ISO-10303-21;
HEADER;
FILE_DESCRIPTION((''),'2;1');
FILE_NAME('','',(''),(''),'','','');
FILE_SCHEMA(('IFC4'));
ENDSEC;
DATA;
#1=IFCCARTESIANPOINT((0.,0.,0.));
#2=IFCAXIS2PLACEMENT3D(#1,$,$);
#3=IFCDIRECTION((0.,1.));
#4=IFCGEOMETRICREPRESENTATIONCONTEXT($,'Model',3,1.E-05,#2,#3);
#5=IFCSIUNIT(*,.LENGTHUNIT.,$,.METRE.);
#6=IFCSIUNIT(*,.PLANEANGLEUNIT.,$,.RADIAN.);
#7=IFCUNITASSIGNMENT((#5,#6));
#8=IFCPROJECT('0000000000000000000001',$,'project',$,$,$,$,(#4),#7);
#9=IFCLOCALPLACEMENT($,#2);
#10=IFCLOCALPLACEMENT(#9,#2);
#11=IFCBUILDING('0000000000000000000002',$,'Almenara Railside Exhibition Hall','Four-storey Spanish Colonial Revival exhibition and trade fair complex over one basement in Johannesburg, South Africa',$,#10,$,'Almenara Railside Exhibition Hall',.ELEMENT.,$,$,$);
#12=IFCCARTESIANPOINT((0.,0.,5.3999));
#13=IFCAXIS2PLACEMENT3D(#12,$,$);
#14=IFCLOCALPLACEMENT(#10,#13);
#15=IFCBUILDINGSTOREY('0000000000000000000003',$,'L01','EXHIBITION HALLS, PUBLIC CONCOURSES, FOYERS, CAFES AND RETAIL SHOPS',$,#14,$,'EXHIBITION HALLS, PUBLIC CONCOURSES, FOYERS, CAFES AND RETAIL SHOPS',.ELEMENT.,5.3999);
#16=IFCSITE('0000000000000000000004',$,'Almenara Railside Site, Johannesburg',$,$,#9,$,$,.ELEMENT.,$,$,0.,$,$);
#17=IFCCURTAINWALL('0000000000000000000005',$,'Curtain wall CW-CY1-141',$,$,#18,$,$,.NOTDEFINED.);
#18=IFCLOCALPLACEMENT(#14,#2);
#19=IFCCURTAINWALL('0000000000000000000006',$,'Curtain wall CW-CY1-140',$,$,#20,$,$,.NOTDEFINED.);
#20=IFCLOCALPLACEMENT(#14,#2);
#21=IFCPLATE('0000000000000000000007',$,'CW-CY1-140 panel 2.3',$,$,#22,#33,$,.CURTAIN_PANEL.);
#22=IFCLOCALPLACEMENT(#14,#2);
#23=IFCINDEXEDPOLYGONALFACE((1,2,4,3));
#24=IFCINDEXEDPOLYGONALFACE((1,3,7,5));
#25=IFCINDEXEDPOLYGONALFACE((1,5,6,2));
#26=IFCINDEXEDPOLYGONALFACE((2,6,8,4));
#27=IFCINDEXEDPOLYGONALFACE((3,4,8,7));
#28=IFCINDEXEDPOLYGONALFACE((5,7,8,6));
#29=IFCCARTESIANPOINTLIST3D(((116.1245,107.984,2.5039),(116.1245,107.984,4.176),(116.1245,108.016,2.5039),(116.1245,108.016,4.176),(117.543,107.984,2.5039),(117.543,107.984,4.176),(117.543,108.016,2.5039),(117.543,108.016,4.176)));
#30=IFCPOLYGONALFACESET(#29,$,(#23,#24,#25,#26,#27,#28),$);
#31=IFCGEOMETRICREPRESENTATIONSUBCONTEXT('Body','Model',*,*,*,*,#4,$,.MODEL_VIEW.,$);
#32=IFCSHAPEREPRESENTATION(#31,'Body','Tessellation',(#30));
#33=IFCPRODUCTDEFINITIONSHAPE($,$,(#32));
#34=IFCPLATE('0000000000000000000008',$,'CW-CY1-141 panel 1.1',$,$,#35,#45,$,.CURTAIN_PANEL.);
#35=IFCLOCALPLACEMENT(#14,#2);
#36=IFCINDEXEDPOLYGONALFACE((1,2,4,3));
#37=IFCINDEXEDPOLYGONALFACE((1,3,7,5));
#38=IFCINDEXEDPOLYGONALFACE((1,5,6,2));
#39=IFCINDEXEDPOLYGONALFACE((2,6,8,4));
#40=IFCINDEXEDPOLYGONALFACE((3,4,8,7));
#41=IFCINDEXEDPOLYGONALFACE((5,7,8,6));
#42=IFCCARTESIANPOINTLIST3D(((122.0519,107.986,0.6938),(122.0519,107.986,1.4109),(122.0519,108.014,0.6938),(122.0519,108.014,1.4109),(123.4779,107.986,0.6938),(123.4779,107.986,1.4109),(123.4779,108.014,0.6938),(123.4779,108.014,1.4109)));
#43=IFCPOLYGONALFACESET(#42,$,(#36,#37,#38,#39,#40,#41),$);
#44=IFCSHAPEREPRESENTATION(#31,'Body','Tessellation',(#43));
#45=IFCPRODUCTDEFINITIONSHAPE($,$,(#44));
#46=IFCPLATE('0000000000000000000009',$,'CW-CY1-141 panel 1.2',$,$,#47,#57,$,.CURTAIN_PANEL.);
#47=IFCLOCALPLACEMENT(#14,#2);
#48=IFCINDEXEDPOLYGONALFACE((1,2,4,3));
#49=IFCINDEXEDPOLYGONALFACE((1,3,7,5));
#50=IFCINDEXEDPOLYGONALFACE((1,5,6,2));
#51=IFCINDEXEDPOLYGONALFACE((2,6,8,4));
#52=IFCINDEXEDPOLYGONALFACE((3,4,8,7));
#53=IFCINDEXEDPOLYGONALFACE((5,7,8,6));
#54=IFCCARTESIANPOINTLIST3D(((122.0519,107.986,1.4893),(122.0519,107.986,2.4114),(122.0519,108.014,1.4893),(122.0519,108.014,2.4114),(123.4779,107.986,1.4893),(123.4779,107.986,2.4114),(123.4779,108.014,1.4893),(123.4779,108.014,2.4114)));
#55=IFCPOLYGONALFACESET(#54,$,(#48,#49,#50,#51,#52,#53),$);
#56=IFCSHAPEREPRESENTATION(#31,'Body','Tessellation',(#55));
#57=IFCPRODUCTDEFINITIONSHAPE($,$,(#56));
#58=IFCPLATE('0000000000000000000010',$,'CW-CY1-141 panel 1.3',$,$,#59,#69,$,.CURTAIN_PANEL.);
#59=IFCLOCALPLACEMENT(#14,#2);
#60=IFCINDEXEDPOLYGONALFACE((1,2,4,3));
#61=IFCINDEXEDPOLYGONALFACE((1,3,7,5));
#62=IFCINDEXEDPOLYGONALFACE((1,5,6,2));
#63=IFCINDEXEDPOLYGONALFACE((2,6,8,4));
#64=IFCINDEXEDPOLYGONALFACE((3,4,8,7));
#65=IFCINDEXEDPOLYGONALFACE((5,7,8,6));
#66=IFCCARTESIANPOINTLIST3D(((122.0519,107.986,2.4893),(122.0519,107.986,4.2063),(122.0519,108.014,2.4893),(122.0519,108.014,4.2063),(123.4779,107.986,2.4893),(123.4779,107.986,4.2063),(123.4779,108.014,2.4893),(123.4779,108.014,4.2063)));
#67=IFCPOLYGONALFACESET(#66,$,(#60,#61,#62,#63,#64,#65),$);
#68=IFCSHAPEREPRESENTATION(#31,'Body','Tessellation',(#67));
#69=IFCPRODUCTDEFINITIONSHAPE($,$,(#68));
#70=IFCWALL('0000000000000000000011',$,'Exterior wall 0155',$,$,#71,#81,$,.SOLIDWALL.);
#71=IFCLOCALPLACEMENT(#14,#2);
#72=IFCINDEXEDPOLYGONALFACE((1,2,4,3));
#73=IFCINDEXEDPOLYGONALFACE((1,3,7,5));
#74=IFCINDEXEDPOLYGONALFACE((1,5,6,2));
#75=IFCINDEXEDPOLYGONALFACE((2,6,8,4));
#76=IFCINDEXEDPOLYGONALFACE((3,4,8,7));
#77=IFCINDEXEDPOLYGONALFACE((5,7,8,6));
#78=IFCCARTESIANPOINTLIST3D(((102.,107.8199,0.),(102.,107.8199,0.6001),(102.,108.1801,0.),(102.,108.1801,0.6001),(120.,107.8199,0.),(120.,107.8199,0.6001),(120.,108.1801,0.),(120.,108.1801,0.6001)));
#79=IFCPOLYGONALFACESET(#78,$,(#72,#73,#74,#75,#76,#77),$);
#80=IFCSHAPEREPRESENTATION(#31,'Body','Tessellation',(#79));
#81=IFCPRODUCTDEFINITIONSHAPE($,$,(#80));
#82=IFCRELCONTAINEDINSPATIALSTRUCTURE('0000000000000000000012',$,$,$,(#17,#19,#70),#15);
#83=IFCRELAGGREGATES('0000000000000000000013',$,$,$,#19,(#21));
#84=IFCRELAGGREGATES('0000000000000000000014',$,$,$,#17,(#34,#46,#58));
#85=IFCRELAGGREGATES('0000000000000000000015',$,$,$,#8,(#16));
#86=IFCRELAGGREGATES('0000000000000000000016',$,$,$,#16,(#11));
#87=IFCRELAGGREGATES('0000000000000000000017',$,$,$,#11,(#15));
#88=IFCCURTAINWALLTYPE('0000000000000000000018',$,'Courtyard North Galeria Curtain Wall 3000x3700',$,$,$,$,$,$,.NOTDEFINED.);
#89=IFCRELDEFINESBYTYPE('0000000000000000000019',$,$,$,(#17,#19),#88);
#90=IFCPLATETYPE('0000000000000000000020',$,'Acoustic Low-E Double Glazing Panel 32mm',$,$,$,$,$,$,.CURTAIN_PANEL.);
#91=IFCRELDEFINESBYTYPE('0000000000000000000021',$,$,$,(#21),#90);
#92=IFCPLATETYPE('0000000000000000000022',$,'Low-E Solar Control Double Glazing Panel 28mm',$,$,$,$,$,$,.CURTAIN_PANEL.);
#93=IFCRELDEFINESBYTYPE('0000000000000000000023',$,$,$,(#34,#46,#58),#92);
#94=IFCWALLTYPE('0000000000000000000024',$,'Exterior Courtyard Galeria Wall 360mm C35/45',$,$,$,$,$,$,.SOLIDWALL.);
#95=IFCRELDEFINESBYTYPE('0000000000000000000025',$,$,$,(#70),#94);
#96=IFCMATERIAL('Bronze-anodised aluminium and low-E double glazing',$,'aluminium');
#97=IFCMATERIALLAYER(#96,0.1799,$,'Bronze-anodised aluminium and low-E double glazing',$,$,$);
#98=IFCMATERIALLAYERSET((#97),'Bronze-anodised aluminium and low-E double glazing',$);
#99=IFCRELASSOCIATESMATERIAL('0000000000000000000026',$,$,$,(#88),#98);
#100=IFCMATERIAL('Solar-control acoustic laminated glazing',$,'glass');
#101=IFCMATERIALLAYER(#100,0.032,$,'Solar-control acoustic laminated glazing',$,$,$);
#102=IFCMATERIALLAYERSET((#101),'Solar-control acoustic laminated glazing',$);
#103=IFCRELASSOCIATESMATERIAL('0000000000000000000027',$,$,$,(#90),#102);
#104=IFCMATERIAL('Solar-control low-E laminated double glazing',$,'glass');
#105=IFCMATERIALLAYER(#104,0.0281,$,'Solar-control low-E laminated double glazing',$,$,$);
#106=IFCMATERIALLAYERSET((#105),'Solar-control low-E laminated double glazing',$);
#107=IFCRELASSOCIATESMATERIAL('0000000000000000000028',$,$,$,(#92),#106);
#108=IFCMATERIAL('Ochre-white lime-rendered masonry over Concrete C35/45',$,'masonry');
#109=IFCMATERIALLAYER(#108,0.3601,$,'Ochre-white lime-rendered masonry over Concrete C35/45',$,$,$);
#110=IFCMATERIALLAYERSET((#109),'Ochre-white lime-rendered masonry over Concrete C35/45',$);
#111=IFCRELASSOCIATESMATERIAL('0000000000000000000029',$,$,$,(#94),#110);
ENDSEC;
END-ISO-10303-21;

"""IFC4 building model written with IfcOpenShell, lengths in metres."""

from ifc_helpers import new_model, si_unit, direction, frame, frame_2d, origin, origin_2d, place, context, subcontext, project, spatial, rectangle, extrude, material, layer, layer_set, type_object, element, aggregate, save


model = new_model("IFC4")

# Units and contexts
model_context = context("Model", 3, precision=1e-05, world=origin(), true_north=direction((0.0, 1.0)))
body_context = subcontext(model_context, "Body", "Model", "MODEL_VIEW")
ifc_project = project(units=[si_unit("LENGTHUNIT", "METRE"), si_unit("PLANEANGLEUNIT", "RADIAN")], contexts=[model_context])

# Site, building, storey
site_placement = place(None, origin())
site = spatial("IfcSite", under=ifc_project, at=site_placement, Name="Almenara Railside Site, Johannesburg", CompositionType="ELEMENT", RefElevation=0.0)
building_placement = place(site_placement, origin())
building = spatial("IfcBuilding", under=site, at=building_placement, Name="Almenara Railside Exhibition Hall", Description="Four-storey Spanish Colonial Revival exhibition and trade fair complex over one basement in Johannesburg, South Africa", LongName="Almenara Railside Exhibition Hall", CompositionType="ELEMENT")
storey_placement = place(building_placement, frame((0.0, 0.0, 5.3999)))
storey = spatial("IfcBuildingStorey", under=building, at=storey_placement, Name="L01", Description="EXHIBITION HALLS, PUBLIC CONCOURSES, FOYERS, CAFES AND RETAIL SHOPS", LongName="EXHIBITION HALLS, PUBLIC CONCOURSES, FOYERS, CAFES AND RETAIL SHOPS", CompositionType="ELEMENT", Elevation=5.3999)

# Curtain wall
ifc_material_1 = material(Name="Bronze-anodised aluminium and low-E double glazing", Category="aluminium")
ifc_layer_1 = layer(ifc_material_1, 0.1799, Name="Bronze-anodised aluminium and low-E double glazing")
ifc_layer_set_1 = layer_set([ifc_layer_1], Name="Bronze-anodised aluminium and low-E double glazing")
curtain_wall_type = type_object("IfcCurtainWallType", Name="Courtyard North Galeria Curtain Wall 3000x3700", PredefinedType="NOTDEFINED", material=ifc_layer_set_1)
curtain_wall_1_placement = place(storey_placement, origin())
curtain_wall_1 = element("IfcCurtainWall", 1, at=curtain_wall_1_placement, inside=storey, type_object=curtain_wall_type, Name="Curtain wall CW-CY1-141", PredefinedType="NOTDEFINED")

# Curtain wall
curtain_wall_2_placement = place(storey_placement, origin())
curtain_wall_2 = element("IfcCurtainWall", 2, at=curtain_wall_2_placement, inside=storey, type_object=curtain_wall_type, Name="Curtain wall CW-CY1-140", PredefinedType="NOTDEFINED")

# Plates
ifc_material_2 = material(Name="Solar-control acoustic laminated glazing", Category="glass")
ifc_layer_2 = layer(ifc_material_2, 0.032, Name="Solar-control acoustic laminated glazing")
ifc_layer_set_2 = layer_set([ifc_layer_2], Name="Solar-control acoustic laminated glazing")
plate_type_1 = type_object("IfcPlateType", Name="Acoustic Low-E Double Glazing Panel 32mm", PredefinedType="CURTAIN_PANEL", material=ifc_layer_set_2)
plate_1_placement = place(storey_placement, frame((116.8337, 108.0, 2.5039), z_axis=(0.0, 0.0, 1.0), x_axis=(1.0, 0.0, 0.0)))
plate_1 = element("IfcPlate", 3, at=plate_1_placement, type_object=plate_type_1, Name="CW-CY1-140 panel 2.3", PredefinedType="CURTAIN_PANEL", context=body_context, shape_type="SweptSolid", body=[
    extrude(rectangle(XDim=1.4185, YDim=0.032, at=origin_2d()), origin(), (0.0, 0.0, 1.0), 1.6721),
])
aggregate(curtain_wall_2, [plate_1])
ifc_material_3 = material(Name="Solar-control low-E laminated double glazing", Category="glass")
ifc_layer_3 = layer(ifc_material_3, 0.0281, Name="Solar-control low-E laminated double glazing")
ifc_layer_set_3 = layer_set([ifc_layer_3], Name="Solar-control low-E laminated double glazing")
plate_type_2 = type_object("IfcPlateType", Name="Low-E Solar Control Double Glazing Panel 28mm", PredefinedType="CURTAIN_PANEL", material=ifc_layer_set_3)
plate_2_placement = place(storey_placement, frame((122.7649, 108.0, 0.6938), z_axis=(0.0, 0.0, 1.0), x_axis=(1.0, 0.0, 0.0)))
plate_2 = element("IfcPlate", 4, at=plate_2_placement, type_object=plate_type_2, Name="CW-CY1-141 panel 1.1", PredefinedType="CURTAIN_PANEL", context=body_context, shape_type="SweptSolid", body=[
    extrude(rectangle(XDim=1.426, YDim=0.0281, at=origin_2d()), origin(), (0.0, 0.0, 1.0), 0.717),
])
plate_3_placement = place(storey_placement, frame((122.7649, 108.0, 1.4893), z_axis=(0.0, 0.0, 1.0), x_axis=(1.0, 0.0, 0.0)))
plate_3 = element("IfcPlate", 5, at=plate_3_placement, type_object=plate_type_2, Name="CW-CY1-141 panel 1.2", PredefinedType="CURTAIN_PANEL", context=body_context, shape_type="SweptSolid", body=[
    extrude(rectangle(XDim=1.426, YDim=0.0281, at=origin_2d()), origin(), (0.0, 0.0, 1.0), 0.9221),
])
plate_4_placement = place(storey_placement, frame((122.7649, 108.0, 2.4893), z_axis=(0.0, 0.0, 1.0), x_axis=(1.0, 0.0, 0.0)))
plate_4 = element("IfcPlate", 6, at=plate_4_placement, type_object=plate_type_2, Name="CW-CY1-141 panel 1.3", PredefinedType="CURTAIN_PANEL", context=body_context, shape_type="SweptSolid", body=[
    extrude(rectangle(XDim=1.426, YDim=0.0281, at=origin_2d()), origin(), (0.0, 0.0, 1.0), 1.717),
])
aggregate(curtain_wall_1, [plate_2, plate_3, plate_4])

# Wall
ifc_material_4 = material(Name="Ochre-white lime-rendered masonry over Concrete C35/45", Category="masonry")
ifc_layer_4 = layer(ifc_material_4, 0.3601, Name="Ochre-white lime-rendered masonry over Concrete C35/45")
ifc_layer_set_4 = layer_set([ifc_layer_4], Name="Ochre-white lime-rendered masonry over Concrete C35/45")
wall_type = type_object("IfcWallType", Name="Exterior Courtyard Galeria Wall 360mm C35/45", PredefinedType="SOLIDWALL", material=ifc_layer_set_4)
wall_placement = place(storey_placement, frame((120.0, 108.0, 0.0), z_axis=(0.0, 0.0, 1.0), x_axis=(-1.0, 0.0, 0.0)))
element("IfcWall", 7, at=wall_placement, inside=storey, type_object=wall_type, Name="Exterior wall 0155", PredefinedType="SOLIDWALL", context=body_context, shape_type="SweptSolid", body=[
    extrude(rectangle(XDim=18.0, YDim=0.3601, at=frame_2d((9.0, 0.0))), origin(), (0.0, 0.0, 1.0), 0.6001),
])

save(model, "model.ifc")
